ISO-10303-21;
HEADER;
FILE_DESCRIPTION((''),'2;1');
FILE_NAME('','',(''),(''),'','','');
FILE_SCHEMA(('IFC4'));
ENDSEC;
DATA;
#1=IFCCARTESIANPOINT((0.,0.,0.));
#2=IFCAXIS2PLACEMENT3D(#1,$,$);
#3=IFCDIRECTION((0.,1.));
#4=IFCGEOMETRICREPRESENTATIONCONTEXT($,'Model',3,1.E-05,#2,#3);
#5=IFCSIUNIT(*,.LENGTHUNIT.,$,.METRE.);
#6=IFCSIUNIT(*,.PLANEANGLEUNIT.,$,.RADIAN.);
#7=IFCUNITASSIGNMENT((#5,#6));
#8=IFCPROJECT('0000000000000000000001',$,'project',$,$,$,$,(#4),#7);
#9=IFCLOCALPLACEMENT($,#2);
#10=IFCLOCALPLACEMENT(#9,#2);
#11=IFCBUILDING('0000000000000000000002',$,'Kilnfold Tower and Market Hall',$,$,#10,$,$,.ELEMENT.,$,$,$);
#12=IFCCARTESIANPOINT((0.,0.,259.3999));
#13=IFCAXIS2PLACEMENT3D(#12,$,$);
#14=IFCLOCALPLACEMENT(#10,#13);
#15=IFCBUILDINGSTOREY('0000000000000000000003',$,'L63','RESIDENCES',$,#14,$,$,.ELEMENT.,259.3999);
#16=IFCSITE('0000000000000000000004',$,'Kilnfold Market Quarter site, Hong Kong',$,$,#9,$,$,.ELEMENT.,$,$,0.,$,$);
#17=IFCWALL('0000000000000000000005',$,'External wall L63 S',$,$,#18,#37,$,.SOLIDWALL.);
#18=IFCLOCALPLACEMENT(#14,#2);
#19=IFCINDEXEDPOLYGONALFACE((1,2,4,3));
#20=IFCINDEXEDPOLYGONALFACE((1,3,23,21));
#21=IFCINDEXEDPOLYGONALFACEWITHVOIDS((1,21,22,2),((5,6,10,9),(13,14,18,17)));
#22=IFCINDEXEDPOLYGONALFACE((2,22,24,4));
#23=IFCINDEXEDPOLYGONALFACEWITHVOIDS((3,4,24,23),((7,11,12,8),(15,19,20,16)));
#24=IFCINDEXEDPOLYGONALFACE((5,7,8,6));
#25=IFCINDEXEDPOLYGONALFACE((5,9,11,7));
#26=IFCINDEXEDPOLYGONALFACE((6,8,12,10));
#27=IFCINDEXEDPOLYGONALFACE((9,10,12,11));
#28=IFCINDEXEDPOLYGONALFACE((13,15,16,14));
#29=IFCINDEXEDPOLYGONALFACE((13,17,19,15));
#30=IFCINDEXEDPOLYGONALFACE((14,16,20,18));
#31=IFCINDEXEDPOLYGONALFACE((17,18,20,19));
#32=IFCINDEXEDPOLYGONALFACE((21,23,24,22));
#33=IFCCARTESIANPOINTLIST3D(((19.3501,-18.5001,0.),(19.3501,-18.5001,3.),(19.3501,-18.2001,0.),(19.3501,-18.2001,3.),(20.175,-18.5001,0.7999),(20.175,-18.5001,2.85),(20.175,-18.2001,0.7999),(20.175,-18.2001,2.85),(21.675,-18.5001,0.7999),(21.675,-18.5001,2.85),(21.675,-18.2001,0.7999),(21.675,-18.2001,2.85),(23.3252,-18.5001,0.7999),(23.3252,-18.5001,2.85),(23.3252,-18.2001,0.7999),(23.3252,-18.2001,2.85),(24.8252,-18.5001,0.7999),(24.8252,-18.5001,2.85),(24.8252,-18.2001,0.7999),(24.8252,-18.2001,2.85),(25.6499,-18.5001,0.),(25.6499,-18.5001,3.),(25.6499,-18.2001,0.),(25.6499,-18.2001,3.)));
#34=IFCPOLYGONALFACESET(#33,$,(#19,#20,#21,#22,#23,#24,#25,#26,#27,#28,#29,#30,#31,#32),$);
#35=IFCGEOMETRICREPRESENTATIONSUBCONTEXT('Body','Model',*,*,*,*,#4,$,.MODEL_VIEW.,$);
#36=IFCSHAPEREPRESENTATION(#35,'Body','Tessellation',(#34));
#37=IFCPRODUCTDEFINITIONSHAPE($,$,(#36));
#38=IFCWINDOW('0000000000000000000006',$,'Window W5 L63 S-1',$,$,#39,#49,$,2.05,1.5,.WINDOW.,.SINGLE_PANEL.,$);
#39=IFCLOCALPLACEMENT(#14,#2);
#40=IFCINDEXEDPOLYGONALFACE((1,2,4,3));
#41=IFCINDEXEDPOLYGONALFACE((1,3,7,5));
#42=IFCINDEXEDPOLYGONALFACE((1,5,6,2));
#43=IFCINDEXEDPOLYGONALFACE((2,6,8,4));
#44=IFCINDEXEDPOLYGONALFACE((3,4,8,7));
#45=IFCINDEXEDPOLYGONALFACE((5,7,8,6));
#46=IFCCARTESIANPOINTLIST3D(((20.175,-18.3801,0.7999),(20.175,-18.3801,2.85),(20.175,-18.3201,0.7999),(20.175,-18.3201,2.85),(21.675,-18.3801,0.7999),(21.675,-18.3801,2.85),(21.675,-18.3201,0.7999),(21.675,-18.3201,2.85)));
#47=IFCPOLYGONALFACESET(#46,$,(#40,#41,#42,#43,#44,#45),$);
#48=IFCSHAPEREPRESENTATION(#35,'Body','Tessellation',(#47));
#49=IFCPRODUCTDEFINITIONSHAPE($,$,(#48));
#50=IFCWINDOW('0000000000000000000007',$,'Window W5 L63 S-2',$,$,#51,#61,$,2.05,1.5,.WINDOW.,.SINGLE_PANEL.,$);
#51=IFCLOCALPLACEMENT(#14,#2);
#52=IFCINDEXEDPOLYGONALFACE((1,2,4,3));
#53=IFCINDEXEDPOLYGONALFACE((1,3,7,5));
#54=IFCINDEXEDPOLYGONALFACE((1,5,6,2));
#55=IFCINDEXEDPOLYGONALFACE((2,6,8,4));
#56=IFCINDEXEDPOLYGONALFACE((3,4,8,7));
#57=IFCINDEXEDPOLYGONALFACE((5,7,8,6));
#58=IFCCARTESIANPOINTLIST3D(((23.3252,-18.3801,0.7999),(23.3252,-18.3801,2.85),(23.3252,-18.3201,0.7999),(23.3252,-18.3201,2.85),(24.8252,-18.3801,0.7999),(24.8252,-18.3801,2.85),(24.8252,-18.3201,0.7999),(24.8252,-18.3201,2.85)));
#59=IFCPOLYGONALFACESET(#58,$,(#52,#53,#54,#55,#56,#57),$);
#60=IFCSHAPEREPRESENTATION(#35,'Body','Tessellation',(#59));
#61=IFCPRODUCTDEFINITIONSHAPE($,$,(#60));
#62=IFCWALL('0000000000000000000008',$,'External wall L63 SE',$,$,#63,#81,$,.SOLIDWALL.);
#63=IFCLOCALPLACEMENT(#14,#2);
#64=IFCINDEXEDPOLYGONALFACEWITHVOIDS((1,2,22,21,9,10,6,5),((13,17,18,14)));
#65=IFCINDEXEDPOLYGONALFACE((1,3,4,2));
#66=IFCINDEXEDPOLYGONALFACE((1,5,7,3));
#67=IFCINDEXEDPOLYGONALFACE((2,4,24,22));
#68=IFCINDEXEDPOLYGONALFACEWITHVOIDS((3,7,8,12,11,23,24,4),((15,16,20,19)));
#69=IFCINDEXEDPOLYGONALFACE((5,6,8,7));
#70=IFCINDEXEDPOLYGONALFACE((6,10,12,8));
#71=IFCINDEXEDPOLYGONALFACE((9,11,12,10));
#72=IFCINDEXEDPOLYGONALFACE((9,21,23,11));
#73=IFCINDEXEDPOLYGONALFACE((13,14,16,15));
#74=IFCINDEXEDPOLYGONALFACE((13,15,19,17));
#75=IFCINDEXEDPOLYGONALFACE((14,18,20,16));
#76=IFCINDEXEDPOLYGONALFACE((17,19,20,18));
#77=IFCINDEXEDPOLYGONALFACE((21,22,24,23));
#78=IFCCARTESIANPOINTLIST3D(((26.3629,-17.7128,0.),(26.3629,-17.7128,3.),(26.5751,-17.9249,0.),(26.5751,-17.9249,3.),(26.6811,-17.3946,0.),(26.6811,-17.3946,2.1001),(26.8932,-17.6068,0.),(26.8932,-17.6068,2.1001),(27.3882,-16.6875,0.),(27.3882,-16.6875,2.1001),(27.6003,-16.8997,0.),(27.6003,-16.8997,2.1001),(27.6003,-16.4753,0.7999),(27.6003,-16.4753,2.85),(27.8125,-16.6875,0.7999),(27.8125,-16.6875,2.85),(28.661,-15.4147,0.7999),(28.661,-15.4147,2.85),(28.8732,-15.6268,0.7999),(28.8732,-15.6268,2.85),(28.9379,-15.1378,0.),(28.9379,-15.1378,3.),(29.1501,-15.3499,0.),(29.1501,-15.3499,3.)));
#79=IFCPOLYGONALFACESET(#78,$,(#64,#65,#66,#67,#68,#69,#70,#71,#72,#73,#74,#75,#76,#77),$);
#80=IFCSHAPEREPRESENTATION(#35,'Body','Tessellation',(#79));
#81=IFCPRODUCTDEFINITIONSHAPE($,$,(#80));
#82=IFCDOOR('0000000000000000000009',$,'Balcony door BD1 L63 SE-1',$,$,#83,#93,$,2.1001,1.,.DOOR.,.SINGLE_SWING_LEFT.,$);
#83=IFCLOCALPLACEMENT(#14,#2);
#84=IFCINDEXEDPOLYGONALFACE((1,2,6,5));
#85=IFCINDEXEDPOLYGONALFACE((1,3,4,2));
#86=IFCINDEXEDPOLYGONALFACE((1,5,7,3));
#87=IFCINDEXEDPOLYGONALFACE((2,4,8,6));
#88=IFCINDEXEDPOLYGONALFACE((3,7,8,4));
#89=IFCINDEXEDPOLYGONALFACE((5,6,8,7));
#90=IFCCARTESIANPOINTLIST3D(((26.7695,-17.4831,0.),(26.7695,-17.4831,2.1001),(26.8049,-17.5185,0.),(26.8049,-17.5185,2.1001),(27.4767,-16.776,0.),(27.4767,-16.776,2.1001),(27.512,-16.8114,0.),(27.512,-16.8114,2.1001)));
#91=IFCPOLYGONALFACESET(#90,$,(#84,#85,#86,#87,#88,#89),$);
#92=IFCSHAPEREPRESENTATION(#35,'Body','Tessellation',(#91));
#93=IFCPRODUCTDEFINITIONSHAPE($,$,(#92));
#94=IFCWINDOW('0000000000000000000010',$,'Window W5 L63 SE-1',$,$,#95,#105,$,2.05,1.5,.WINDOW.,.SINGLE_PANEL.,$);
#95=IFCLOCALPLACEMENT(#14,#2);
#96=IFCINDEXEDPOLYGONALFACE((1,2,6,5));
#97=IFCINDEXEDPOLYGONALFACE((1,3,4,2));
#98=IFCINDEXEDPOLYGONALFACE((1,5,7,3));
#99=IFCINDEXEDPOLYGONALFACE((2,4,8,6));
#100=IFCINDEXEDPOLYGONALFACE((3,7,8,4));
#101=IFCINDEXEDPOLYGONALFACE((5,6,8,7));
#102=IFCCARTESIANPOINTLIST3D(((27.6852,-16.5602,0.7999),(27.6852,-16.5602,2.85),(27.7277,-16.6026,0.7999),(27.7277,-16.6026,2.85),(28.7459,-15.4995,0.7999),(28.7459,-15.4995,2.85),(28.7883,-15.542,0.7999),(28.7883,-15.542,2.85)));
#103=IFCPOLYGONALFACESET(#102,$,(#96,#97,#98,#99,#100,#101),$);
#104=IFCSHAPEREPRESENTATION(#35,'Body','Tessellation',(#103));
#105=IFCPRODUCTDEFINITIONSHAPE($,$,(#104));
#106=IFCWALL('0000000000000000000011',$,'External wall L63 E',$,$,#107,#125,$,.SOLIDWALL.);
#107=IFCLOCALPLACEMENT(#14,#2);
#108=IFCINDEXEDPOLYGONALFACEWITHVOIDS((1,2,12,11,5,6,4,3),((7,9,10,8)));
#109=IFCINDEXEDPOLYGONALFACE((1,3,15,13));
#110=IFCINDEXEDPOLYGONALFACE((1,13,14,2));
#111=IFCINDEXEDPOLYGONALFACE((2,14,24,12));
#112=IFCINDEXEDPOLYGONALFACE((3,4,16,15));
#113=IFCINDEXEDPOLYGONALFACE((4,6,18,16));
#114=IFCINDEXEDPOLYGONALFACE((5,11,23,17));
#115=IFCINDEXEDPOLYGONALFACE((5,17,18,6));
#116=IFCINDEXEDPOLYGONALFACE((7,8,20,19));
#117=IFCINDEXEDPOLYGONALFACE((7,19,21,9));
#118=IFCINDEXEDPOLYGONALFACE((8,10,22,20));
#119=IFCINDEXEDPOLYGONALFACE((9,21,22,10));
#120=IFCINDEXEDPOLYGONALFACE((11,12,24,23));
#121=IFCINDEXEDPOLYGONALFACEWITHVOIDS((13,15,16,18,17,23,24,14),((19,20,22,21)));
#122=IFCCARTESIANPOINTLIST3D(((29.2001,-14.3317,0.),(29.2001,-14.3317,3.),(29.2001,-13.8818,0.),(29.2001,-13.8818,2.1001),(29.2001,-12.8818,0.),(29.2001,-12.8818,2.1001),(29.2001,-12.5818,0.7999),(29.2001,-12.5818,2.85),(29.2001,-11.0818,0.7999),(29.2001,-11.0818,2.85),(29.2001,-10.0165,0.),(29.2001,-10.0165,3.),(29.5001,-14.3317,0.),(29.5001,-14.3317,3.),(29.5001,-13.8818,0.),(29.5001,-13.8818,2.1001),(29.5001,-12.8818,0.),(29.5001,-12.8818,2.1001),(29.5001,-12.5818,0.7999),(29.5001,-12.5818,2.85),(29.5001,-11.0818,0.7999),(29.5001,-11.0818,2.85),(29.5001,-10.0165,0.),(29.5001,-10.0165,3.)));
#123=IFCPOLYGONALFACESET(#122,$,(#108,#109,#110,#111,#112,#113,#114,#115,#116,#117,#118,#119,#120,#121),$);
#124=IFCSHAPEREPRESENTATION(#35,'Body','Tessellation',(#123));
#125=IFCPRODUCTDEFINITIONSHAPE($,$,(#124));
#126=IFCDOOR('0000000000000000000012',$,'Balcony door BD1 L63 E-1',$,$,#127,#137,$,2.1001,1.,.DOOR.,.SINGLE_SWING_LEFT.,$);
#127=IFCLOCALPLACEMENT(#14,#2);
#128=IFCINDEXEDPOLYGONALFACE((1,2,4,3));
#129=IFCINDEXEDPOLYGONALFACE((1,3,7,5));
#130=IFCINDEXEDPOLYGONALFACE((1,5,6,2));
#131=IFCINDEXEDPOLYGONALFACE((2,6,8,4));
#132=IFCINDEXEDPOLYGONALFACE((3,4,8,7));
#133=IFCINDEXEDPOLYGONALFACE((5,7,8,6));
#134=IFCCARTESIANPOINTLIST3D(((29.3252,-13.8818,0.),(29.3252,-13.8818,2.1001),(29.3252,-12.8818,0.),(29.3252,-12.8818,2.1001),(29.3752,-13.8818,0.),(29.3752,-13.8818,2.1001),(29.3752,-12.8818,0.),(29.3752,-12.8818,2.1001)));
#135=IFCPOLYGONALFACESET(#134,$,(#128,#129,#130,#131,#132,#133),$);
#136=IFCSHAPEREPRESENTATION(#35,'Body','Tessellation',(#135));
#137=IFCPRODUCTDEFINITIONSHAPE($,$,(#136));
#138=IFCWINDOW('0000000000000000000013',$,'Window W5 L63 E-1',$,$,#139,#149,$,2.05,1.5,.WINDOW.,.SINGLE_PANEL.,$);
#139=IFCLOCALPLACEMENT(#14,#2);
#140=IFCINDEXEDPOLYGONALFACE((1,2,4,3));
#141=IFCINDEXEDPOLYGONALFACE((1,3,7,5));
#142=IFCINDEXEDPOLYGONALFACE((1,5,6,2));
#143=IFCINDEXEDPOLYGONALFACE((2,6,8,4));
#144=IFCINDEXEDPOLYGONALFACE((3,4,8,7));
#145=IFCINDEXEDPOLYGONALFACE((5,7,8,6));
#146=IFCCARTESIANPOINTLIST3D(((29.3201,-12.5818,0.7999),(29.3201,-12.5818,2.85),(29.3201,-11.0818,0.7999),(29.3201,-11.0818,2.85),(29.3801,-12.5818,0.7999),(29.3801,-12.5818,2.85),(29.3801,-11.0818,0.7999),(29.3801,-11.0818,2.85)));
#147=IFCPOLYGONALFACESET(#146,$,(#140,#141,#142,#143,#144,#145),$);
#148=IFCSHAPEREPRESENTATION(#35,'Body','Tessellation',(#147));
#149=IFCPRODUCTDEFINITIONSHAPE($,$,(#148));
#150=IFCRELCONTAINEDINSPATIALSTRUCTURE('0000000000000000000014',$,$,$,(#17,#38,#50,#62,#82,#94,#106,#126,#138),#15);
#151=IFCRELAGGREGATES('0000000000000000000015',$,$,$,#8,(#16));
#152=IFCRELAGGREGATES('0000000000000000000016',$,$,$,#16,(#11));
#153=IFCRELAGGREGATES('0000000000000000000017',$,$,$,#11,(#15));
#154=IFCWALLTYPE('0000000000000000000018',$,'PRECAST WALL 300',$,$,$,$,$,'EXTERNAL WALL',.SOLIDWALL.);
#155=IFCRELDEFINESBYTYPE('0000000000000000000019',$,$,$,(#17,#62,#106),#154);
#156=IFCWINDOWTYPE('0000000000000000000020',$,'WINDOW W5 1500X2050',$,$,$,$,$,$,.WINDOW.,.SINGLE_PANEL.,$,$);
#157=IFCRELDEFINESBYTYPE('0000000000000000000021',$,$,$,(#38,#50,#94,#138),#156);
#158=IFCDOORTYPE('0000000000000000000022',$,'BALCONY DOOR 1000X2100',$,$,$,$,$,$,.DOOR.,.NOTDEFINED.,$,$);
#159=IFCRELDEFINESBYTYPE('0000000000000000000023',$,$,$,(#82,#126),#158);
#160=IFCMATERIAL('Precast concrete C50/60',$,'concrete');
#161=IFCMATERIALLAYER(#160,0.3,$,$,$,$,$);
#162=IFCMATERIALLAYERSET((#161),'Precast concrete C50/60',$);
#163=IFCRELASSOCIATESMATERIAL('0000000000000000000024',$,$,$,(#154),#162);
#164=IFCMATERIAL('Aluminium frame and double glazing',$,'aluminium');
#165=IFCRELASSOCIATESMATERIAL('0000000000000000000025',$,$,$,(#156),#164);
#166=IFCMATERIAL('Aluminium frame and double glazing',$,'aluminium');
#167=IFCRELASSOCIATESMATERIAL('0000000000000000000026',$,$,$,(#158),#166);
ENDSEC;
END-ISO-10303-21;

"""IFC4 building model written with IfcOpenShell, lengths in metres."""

from ifc_helpers import new_model, si_unit, direction, frame, frame_2d, origin, place, context, subcontext, project, spatial, rectangle, extrude, source, transform, mapped, material, layer, layer_set, type_object, element, fill, save


model = new_model("IFC4")

# Units and contexts
model_context = context("Model", 3, precision=1e-05, world=origin(), true_north=direction((0.0, 1.0)))
body_context = subcontext(model_context, "Body", "Model", "MODEL_VIEW")
ifc_project = project(units=[si_unit("LENGTHUNIT", "METRE"), si_unit("PLANEANGLEUNIT", "RADIAN")], contexts=[model_context])

# Site, building, storey
site_placement = place(None, origin())
site = spatial("IfcSite", under=ifc_project, at=site_placement, Name="Kilnfold Market Quarter site, Hong Kong", CompositionType="ELEMENT", RefElevation=0.0)
building_placement = place(site_placement, origin())
building = spatial("IfcBuilding", under=site, at=building_placement, Name="Kilnfold Tower and Market Hall", CompositionType="ELEMENT")
storey_placement = place(building_placement, frame((0.0, 0.0, 259.3999)))
storey = spatial("IfcBuildingStorey", under=building, at=storey_placement, Name="L63", Description="RESIDENCES", CompositionType="ELEMENT", Elevation=259.3999)

# Wall, openings, windows
ifc_material_1 = material(Name="Precast concrete C50/60", Category="concrete")
ifc_layer_1 = layer(ifc_material_1, 0.3)
ifc_layer_set_1 = layer_set([ifc_layer_1], Name="Precast concrete C50/60")
wall_type_1 = type_object("IfcWallType", Name="PRECAST WALL 300", ElementType="EXTERNAL WALL", PredefinedType="SOLIDWALL", material=ifc_layer_set_1)
shared_shape_1 = source(origin(), body_context, "Body", "SweptSolid", [
    extrude(rectangle(XDim=6.2998, YDim=0.3, at=frame_2d((3.1499, 0.0))), origin(), (0.0, 0.0, 1.0), 3.0),
])
wall_1_placement = place(storey_placement, frame((19.3501, -18.3501, 0.0), z_axis=(0.0, 0.0, 1.0), x_axis=(1.0, 0.0, 0.0)))
wall_1 = element("IfcWall", 1, at=wall_1_placement, inside=storey, type_object=wall_type_1, Name="External wall L63 S", PredefinedType="SOLIDWALL", context=body_context, shape_type="MappedRepresentation", body=[
    mapped(shared_shape_1, transform((0.0, 0.0, 0.0))),
])
opening_1_placement = place(wall_1_placement, frame((0.825, 0.0, 0.8)))
opening_1 = element("IfcOpeningElement", 2, at=opening_1_placement, cuts=wall_1, PredefinedType="OPENING", context=body_context, shape_type="SweptSolid", body=[
    extrude(rectangle(XDim=1.5, YDim=2.05, at=frame_2d((0.75, 1.0249))), frame((0.0, 0.1602, 0.0), z_axis=(0.0, -1.0, 0.0), x_axis=(1.0, 0.0, 0.0)), (0.0, 0.0, 1.0), 0.3201),
])
opening_2_placement = place(wall_1_placement, frame((3.9751, 0.0, 0.8)))
opening_2 = element("IfcOpeningElement", 3, at=opening_2_placement, cuts=wall_1, PredefinedType="OPENING", context=body_context, shape_type="SweptSolid", body=[
    extrude(rectangle(XDim=1.5, YDim=2.05, at=frame_2d((0.75, 1.0249))), frame((0.0, 0.1602, 0.0), z_axis=(0.0, -1.0, 0.0), x_axis=(1.0, 0.0, 0.0)), (0.0, 0.0, 1.0), 0.3201),
])
ifc_material_2 = material(Name="Aluminium frame and double glazing", Category="aluminium")
window_type = type_object("IfcWindowType", Name="WINDOW W5 1500X2050", PartitioningType="SINGLE_PANEL", PredefinedType="WINDOW", material=ifc_material_2)
window_1_placement = place(opening_1_placement, origin())
window_1 = element("IfcWindow", 4, at=window_1_placement, inside=storey, type_object=window_type, Name="Window W5 L63 S-1", OverallHeight=2.05, OverallWidth=1.5, PartitioningType="SINGLE_PANEL", PredefinedType="WINDOW", context=body_context, shape_type="SweptSolid", body=[
    extrude(rectangle(XDim=1.5, YDim=2.05, at=frame_2d((0.75, 1.0249))), frame((0.0, 0.03, 0.0), z_axis=(0.0, -1.0, 0.0), x_axis=(1.0, 0.0, 0.0)), (0.0, 0.0, 1.0), 0.0601),
])
fill(opening_1, window_1)
window_2_placement = place(opening_2_placement, origin())
window_2 = element("IfcWindow", 5, at=window_2_placement, inside=storey, type_object=window_type, Name="Window W5 L63 S-2", OverallHeight=2.05, OverallWidth=1.5, PartitioningType="SINGLE_PANEL", PredefinedType="WINDOW", context=body_context, shape_type="SweptSolid", body=[
    extrude(rectangle(XDim=1.5, YDim=2.05, at=frame_2d((0.75, 1.0249))), frame((0.0, 0.03, 0.0), z_axis=(0.0, -1.0, 0.0), x_axis=(1.0, 0.0, 0.0)), (0.0, 0.0, 1.0), 0.0601),
])
fill(opening_2, window_2)

# Walls, openings, doors, windows
shared_shape_2 = source(origin(), body_context, "Body", "SweptSolid", [
    extrude(rectangle(XDim=3.6416, YDim=0.3, at=frame_2d((1.8208, 0.0))), origin(), (0.0, 0.0, 1.0), 3.0),
])
wall_2_placement = place(storey_placement, frame((26.469, -17.8188, 0.0), z_axis=(0.0, 0.0, 1.0), x_axis=(0.707107, 0.707107, 0.0)))
wall_2 = element("IfcWall", 6, at=wall_2_placement, inside=storey, type_object=wall_type_1, Name="External wall L63 SE", PredefinedType="SOLIDWALL", context=body_context, shape_type="MappedRepresentation", body=[
    mapped(shared_shape_2, transform((0.0, 0.0, 0.0))),
])
opening_3_placement = place(wall_2_placement, frame((1.75, 0.0, 0.8)))
opening_3 = element("IfcOpeningElement", 7, at=opening_3_placement, cuts=wall_2, PredefinedType="OPENING", context=body_context, shape_type="SweptSolid", body=[
    extrude(rectangle(XDim=1.5, YDim=2.05, at=frame_2d((0.75, 1.0249))), frame((0.0, 0.1602, 0.0), z_axis=(0.0, -1.0, 0.0), x_axis=(1.0, 0.0, 0.0)), (0.0, 0.0, 1.0), 0.3201),
])
opening_4_placement = place(wall_2_placement, frame((0.45, 0.0, 0.0)))
opening_4 = element("IfcOpeningElement", 8, at=opening_4_placement, cuts=wall_2, PredefinedType="OPENING", context=body_context, shape_type="SweptSolid", body=[
    extrude(rectangle(XDim=1.0, YDim=2.1001, at=frame_2d((0.5, 1.05))), frame((0.0, 0.1602, 0.0), z_axis=(0.0, -1.0, 0.0), x_axis=(1.0, 0.0, 0.0)), (0.0, 0.0, 1.0), 0.3201),
])
ifc_material_3 = material(Name="Aluminium frame and double glazing", Category="aluminium")
door_type_1 = type_object("IfcDoorType", Name="BALCONY DOOR 1000X2100", OperationType="NOTDEFINED", PredefinedType="DOOR", material=ifc_material_3)
door_1_placement = place(opening_4_placement, origin())
door_1 = element("IfcDoor", 9, at=door_1_placement, inside=storey, type_object=door_type_1, Name="Balcony door BD1 L63 SE-1", OperationType="SINGLE_SWING_LEFT", OverallHeight=2.1001, OverallWidth=1.0, PredefinedType="DOOR", context=body_context, shape_type="SweptSolid", body=[
    extrude(rectangle(XDim=1.0, YDim=2.1001, at=frame_2d((0.5, 1.05))), frame((0.0, 0.0249, 0.0), z_axis=(0.0, -1.0, 0.0), x_axis=(1.0, 0.0, 0.0)), (0.0, 0.0, 1.0), 0.05),
])
fill(opening_4, door_1)
window_3_placement = place(opening_3_placement, origin())
window_3 = element("IfcWindow", 10, at=window_3_placement, inside=storey, type_object=window_type, Name="Window W5 L63 SE-1", OverallHeight=2.05, OverallWidth=1.5, PartitioningType="SINGLE_PANEL", PredefinedType="WINDOW", context=body_context, shape_type="SweptSolid", body=[
    extrude(rectangle(XDim=1.5, YDim=2.05, at=frame_2d((0.75, 1.0249))), frame((0.0, 0.03, 0.0), z_axis=(0.0, -1.0, 0.0), x_axis=(1.0, 0.0, 0.0)), (0.0, 0.0, 1.0), 0.0601),
])
fill(opening_3, window_3)
shared_shape_3 = source(origin(), body_context, "Body", "SweptSolid", [
    extrude(rectangle(XDim=4.3152, YDim=0.3, at=frame_2d((2.1577, 0.0))), origin(), (0.0, 0.0, 1.0), 3.0),
])
wall_3_placement = place(storey_placement, frame((29.3501, -14.3318, 0.0), z_axis=(0.0, 0.0, 1.0), x_axis=(0.0, 1.0, 0.0)))
wall_3 = element("IfcWall", 11, at=wall_3_placement, inside=storey, type_object=wall_type_1, Name="External wall L63 E", PredefinedType="SOLIDWALL", context=body_context, shape_type="MappedRepresentation", body=[
    mapped(shared_shape_3, transform((0.0, 0.0, 0.0))),
])
opening_5_placement = place(wall_3_placement, frame((1.75, 0.0, 0.8)))
opening_5 = element("IfcOpeningElement", 12, at=opening_5_placement, cuts=wall_3, PredefinedType="OPENING", context=body_context, shape_type="SweptSolid", body=[
    extrude(rectangle(XDim=1.5, YDim=2.05, at=frame_2d((0.75, 1.0249))), frame((0.0, 0.1602, 0.0), z_axis=(0.0, -1.0, 0.0), x_axis=(1.0, 0.0, 0.0)), (0.0, 0.0, 1.0), 0.3201),
])
opening_6_placement = place(wall_3_placement, frame((0.45, 0.0, 0.0)))
opening_6 = element("IfcOpeningElement", 13, at=opening_6_placement, cuts=wall_3, PredefinedType="OPENING", context=body_context, shape_type="SweptSolid", body=[
    extrude(rectangle(XDim=1.0, YDim=2.1001, at=frame_2d((0.5, 1.05))), frame((0.0, 0.1602, 0.0), z_axis=(0.0, -1.0, 0.0), x_axis=(1.0, 0.0, 0.0)), (0.0, 0.0, 1.0), 0.3201),
])
door_2_placement = place(opening_6_placement, origin())
door_2 = element("IfcDoor", 14, at=door_2_placement, inside=storey, type_object=door_type_1, Name="Balcony door BD1 L63 E-1", OperationType="SINGLE_SWING_LEFT", OverallHeight=2.1001, OverallWidth=1.0, PredefinedType="DOOR", context=body_context, shape_type="SweptSolid", body=[
    extrude(rectangle(XDim=1.0, YDim=2.1001, at=frame_2d((0.5, 1.05))), frame((0.0, 0.0249, 0.0), z_axis=(0.0, -1.0, 0.0), x_axis=(1.0, 0.0, 0.0)), (0.0, 0.0, 1.0), 0.05),
])
fill(opening_6, door_2)
window_4_placement = place(opening_5_placement, origin())
window_4 = element("IfcWindow", 15, at=window_4_placement, inside=storey, type_object=window_type, Name="Window W5 L63 E-1", OverallHeight=2.05, OverallWidth=1.5, PartitioningType="SINGLE_PANEL", PredefinedType="WINDOW", context=body_context, shape_type="SweptSolid", body=[
    extrude(rectangle(XDim=1.5, YDim=2.05, at=frame_2d((0.75, 1.0249))), frame((0.0, 0.03, 0.0), z_axis=(0.0, -1.0, 0.0), x_axis=(1.0, 0.0, 0.0)), (0.0, 0.0, 1.0), 0.0601),
])
fill(opening_5, window_4)

save(model, "model.ifc")
